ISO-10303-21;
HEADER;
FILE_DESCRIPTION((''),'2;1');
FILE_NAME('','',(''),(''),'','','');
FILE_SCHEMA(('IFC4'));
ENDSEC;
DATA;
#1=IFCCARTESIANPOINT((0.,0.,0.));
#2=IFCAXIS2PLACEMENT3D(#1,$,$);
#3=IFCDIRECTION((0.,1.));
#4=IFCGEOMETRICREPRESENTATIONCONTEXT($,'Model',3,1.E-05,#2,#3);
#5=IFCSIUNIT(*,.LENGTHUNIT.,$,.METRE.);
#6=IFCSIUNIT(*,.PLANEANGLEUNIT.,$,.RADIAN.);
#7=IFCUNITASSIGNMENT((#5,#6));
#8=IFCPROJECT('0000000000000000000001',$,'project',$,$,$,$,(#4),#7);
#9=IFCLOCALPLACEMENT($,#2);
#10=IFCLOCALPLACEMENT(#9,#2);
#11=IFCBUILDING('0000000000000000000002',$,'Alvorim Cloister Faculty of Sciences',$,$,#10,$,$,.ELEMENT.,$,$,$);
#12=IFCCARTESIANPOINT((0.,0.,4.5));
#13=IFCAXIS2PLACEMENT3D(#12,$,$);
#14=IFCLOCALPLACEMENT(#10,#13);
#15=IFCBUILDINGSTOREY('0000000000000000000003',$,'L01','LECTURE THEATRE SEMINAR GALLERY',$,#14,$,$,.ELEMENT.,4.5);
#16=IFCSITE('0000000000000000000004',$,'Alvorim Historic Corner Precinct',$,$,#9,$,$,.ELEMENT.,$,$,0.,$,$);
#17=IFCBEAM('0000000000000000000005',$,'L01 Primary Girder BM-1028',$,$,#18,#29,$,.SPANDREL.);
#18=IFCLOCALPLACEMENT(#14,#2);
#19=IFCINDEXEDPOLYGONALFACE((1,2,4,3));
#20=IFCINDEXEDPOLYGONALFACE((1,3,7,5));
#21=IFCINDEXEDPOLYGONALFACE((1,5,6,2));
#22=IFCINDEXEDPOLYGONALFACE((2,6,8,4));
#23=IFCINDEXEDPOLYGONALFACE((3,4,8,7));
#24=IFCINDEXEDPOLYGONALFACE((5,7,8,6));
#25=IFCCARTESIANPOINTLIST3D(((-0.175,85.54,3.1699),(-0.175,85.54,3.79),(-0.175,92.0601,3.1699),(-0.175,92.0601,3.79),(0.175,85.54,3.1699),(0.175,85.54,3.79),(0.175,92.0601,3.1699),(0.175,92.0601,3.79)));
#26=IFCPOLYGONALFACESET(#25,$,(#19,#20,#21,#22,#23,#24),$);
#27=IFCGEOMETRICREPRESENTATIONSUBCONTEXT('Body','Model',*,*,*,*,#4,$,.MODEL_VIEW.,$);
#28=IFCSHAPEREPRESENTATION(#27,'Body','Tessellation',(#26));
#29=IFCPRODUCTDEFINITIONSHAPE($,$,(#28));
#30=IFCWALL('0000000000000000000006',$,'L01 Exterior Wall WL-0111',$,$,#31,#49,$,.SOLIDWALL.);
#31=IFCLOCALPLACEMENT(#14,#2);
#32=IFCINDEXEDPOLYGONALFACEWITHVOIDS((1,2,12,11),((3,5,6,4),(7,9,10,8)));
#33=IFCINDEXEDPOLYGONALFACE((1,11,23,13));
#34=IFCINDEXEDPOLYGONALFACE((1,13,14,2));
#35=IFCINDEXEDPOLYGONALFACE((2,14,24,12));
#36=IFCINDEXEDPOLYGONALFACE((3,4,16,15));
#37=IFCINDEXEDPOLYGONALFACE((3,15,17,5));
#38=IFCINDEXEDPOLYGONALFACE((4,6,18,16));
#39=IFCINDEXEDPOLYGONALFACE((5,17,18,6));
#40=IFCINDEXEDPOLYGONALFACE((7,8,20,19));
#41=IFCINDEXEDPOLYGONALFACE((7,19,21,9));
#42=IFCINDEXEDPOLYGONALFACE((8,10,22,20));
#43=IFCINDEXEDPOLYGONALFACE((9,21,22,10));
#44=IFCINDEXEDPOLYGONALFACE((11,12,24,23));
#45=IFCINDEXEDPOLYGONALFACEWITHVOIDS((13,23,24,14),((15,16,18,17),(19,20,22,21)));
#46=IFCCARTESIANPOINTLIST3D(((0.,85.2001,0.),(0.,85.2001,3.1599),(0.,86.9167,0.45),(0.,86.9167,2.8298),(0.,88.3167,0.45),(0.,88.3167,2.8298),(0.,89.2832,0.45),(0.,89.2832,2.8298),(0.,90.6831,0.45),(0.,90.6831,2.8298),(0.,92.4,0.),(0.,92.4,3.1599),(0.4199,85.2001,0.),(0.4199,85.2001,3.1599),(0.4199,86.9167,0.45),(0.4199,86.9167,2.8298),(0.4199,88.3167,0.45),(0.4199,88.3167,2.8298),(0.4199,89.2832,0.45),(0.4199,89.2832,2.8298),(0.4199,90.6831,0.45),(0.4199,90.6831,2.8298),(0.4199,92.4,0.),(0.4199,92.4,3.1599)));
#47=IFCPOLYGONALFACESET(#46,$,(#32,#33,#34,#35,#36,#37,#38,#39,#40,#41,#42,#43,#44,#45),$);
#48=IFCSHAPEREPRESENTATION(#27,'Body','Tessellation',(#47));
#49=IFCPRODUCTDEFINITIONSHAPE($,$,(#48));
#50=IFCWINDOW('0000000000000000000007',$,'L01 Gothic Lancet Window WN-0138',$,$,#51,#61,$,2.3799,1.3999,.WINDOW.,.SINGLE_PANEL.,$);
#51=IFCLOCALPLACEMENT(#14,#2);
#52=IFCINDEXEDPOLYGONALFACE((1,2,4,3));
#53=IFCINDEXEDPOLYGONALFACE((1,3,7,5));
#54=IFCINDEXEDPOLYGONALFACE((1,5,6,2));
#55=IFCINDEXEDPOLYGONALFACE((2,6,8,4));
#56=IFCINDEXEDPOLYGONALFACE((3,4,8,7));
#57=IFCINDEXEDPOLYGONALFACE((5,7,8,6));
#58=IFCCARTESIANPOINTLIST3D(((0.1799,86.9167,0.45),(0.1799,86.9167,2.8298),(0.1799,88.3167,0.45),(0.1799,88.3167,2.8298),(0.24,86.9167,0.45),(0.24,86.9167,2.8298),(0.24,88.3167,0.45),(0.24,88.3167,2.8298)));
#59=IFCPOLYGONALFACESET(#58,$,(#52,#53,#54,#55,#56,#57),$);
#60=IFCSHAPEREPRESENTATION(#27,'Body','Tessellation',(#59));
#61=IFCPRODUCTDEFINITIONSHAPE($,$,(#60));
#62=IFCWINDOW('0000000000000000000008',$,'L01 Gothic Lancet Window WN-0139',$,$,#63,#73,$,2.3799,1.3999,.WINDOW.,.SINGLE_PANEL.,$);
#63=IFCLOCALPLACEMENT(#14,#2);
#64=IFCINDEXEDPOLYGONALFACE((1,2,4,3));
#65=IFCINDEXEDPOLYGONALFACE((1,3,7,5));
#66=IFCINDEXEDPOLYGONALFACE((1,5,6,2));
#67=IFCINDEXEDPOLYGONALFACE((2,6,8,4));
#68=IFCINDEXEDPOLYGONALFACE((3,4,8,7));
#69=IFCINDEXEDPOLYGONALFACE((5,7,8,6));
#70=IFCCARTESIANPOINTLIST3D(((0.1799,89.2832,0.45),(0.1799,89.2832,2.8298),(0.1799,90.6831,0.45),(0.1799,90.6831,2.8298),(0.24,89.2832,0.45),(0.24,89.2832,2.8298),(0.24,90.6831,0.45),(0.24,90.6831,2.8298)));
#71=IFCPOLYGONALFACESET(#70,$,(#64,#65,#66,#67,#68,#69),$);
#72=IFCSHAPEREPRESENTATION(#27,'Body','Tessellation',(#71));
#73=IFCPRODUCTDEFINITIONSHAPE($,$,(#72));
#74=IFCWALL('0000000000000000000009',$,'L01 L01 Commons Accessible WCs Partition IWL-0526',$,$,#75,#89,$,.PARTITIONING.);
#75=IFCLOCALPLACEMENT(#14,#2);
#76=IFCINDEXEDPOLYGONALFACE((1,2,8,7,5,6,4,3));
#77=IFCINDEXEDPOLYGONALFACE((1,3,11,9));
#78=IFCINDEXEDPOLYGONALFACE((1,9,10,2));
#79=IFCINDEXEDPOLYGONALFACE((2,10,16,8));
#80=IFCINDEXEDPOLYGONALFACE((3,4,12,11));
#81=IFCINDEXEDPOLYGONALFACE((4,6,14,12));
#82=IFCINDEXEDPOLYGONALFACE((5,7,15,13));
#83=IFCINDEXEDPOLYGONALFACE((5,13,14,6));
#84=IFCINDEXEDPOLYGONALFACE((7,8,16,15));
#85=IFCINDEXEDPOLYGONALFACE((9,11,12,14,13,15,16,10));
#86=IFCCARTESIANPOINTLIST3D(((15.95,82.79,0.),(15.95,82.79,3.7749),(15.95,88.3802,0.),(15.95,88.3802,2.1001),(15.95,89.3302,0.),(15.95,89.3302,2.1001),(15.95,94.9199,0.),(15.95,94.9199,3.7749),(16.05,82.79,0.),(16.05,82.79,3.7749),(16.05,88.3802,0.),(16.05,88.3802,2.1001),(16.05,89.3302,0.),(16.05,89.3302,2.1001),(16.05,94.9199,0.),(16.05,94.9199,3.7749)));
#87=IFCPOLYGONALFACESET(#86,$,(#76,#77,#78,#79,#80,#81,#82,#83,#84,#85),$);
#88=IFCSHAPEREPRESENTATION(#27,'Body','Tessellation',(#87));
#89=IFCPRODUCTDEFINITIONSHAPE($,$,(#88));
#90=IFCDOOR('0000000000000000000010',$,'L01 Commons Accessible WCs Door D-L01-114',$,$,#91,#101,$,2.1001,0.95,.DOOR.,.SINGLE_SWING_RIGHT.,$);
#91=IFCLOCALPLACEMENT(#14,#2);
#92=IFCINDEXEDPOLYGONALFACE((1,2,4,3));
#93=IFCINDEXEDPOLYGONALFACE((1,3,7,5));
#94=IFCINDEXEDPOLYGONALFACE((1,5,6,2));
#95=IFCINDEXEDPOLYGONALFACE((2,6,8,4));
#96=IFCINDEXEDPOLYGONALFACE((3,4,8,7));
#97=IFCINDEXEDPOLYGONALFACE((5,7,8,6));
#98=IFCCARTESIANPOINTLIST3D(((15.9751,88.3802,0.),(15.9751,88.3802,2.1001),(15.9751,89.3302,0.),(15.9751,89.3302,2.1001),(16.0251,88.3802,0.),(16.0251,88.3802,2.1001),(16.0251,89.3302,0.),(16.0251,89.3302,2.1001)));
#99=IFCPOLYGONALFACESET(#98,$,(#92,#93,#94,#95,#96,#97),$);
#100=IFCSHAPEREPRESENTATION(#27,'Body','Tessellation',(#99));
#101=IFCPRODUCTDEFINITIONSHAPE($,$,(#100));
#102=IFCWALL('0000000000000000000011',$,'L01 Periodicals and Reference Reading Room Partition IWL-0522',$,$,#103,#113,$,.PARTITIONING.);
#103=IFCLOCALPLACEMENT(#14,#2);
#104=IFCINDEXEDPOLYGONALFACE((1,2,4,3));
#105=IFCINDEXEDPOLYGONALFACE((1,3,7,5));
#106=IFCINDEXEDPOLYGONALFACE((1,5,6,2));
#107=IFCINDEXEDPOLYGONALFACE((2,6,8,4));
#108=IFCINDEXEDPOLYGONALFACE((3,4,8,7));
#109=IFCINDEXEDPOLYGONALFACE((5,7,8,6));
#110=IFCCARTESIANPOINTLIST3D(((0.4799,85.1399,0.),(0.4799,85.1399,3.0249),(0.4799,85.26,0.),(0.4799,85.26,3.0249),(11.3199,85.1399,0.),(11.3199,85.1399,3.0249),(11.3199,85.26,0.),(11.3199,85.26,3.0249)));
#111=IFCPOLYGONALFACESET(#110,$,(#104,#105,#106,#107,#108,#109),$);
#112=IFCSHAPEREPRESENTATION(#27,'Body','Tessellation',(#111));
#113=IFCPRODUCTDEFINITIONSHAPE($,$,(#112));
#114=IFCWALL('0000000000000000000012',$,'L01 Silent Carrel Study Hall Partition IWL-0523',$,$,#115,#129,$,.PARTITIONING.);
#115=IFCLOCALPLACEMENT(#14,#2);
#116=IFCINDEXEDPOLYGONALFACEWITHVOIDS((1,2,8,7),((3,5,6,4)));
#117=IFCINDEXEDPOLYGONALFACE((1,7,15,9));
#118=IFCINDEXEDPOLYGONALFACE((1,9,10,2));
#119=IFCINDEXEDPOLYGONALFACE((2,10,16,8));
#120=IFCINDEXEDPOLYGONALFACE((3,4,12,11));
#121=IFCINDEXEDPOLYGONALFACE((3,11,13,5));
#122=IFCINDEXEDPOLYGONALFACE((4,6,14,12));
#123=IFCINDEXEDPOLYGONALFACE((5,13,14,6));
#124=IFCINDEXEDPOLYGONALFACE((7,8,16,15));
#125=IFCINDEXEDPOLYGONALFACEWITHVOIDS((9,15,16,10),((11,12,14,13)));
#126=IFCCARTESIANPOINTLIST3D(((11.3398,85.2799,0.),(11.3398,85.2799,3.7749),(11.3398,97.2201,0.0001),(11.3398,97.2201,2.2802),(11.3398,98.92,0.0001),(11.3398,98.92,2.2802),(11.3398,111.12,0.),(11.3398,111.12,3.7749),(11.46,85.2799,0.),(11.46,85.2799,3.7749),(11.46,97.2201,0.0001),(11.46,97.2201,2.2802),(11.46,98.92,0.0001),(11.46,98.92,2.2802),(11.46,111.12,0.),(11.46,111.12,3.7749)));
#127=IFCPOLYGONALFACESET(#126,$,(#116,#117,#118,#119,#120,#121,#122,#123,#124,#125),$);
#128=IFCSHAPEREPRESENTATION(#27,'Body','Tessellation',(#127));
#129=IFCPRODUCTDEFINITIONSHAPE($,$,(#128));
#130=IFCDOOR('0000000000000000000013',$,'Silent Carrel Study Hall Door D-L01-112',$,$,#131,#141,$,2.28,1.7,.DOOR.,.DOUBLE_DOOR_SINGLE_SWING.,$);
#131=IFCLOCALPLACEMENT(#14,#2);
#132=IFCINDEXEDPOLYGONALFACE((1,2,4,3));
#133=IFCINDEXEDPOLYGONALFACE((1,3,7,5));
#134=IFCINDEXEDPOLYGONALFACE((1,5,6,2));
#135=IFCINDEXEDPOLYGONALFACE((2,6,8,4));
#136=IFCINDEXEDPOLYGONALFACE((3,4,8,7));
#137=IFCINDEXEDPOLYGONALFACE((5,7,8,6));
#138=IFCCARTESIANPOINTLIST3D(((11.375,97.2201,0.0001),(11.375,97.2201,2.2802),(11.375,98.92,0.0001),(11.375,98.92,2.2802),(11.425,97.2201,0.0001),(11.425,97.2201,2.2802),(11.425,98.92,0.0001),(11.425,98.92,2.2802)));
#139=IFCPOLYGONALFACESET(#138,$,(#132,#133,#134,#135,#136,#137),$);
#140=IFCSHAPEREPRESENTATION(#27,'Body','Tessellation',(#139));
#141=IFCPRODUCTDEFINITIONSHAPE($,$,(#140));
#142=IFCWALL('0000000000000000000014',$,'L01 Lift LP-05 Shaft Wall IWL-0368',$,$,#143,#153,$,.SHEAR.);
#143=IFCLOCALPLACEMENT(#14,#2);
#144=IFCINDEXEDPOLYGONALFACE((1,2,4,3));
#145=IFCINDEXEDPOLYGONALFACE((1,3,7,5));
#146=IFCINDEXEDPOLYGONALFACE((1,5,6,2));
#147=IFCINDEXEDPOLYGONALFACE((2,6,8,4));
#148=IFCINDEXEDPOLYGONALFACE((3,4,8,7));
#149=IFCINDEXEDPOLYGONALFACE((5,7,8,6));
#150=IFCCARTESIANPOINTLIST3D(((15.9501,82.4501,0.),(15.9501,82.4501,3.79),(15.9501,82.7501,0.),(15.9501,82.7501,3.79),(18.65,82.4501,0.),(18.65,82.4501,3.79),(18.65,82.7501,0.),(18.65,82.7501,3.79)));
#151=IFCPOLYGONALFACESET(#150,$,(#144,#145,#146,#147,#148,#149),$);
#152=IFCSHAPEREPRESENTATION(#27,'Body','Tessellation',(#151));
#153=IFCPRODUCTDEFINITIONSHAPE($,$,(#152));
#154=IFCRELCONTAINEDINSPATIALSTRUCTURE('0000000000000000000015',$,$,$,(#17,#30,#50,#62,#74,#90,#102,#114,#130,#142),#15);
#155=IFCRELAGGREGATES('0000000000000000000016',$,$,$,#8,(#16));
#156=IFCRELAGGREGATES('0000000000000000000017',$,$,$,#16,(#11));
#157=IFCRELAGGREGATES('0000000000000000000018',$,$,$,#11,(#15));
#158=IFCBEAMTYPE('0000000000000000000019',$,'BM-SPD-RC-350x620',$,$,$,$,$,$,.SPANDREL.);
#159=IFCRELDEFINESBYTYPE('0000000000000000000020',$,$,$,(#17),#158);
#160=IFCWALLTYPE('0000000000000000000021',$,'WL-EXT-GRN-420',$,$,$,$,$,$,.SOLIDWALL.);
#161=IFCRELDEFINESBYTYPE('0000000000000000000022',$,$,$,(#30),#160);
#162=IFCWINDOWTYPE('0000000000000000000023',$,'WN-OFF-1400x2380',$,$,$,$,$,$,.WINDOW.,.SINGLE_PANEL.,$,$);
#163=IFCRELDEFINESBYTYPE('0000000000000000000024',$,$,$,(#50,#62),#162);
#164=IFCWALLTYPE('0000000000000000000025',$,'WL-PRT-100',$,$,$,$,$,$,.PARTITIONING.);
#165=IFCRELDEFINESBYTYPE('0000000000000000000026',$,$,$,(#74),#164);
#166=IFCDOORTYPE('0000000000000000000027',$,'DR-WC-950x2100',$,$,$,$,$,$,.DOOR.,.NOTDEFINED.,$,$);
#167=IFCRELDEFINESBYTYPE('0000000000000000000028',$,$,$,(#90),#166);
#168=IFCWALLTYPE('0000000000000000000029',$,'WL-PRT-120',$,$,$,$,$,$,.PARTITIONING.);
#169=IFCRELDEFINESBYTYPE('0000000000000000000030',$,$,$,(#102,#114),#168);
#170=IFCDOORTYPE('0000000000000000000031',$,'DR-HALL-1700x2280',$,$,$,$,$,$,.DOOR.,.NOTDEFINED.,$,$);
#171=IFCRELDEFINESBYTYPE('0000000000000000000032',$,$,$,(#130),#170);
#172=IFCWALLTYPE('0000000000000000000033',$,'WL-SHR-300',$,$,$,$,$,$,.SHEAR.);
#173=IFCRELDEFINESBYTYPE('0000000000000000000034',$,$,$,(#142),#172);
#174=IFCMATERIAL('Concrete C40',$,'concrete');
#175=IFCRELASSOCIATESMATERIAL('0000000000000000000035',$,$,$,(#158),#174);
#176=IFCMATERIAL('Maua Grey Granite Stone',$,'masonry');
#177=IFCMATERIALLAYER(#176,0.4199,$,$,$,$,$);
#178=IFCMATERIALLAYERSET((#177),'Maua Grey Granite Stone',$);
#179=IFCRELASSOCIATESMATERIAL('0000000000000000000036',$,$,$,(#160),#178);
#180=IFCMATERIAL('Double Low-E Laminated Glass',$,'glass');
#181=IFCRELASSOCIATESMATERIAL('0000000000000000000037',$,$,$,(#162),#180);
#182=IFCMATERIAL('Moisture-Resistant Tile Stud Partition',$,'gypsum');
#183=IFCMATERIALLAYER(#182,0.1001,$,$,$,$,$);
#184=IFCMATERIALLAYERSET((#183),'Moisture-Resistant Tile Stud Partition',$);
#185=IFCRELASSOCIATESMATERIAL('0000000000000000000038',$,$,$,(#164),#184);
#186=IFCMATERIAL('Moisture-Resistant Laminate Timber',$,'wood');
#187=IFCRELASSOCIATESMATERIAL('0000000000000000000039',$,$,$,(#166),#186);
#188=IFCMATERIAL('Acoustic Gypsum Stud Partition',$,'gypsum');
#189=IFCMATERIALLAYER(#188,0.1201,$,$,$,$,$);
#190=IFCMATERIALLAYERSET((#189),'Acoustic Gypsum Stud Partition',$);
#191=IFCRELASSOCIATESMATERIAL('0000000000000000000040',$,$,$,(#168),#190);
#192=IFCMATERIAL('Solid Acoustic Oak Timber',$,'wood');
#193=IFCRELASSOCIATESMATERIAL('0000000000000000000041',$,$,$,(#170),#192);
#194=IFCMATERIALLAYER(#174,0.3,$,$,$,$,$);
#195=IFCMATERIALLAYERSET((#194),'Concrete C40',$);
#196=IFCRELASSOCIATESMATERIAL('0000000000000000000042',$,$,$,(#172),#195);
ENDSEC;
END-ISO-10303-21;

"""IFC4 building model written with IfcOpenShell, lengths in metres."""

from ifc_helpers import new_model, si_unit, direction, frame, frame_2d, origin, origin_2d, place, context, subcontext, project, spatial, rectangle, extrude, material, layer, layer_set, material_profile, profile_set, type_object, element, fill, save


model = new_model("IFC4")

# Units and contexts
model_context = context("Model", 3, precision=1e-05, world=origin(), true_north=direction((0.0, 1.0)))
body_context = subcontext(model_context, "Body", "Model", "MODEL_VIEW")
ifc_project = project(units=[si_unit("LENGTHUNIT", "METRE"), si_unit("PLANEANGLEUNIT", "RADIAN")], contexts=[model_context])

# Site, building, storey
site_placement = place(None, origin())
site = spatial("IfcSite", under=ifc_project, at=site_placement, Name="Alvorim Historic Corner Precinct", CompositionType="ELEMENT", RefElevation=0.0)
building_placement = place(site_placement, origin())
building = spatial("IfcBuilding", under=site, at=building_placement, Name="Alvorim Cloister Faculty of Sciences", CompositionType="ELEMENT")
storey_placement = place(building_placement, frame((0.0, 0.0, 4.5)))
storey = spatial("IfcBuildingStorey", under=building, at=storey_placement, Name="L01", Description="LECTURE THEATRE SEMINAR GALLERY", CompositionType="ELEMENT", Elevation=4.5)

# Shared definitions
ifc_material_1 = material(Name="Concrete C40", Category="concrete")

# Beam
ifc_material_profile_1 = material_profile(ifc_material_1, rectangle(XDim=0.3501, YDim=0.6201, at=origin_2d()), Name="RC40-SPD-350x620")
ifc_profile_set_1 = profile_set([ifc_material_profile_1], Name="Concrete C40")
beam_type_1 = type_object("IfcBeamType", Name="BM-SPD-RC-350x620", PredefinedType="SPANDREL", material=ifc_profile_set_1)
for number, where, z_axis, x_axis, name in (
    (1, (0.0, 85.54, 3.48), (0.0, 1.0, 0.0), (-1.0, 0.0, 0.0), "L01 Primary Girder BM-1028"),
):
    element("IfcBeam", number, at=place(storey_placement, frame(where, z_axis=z_axis, x_axis=x_axis)), inside=storey, type_object=beam_type_1, Name=name, PredefinedType="SPANDREL", context=body_context, shape_type="SweptSolid", body=[
        extrude(rectangle(XDim=0.3501, YDim=0.6201, at=origin_2d()), origin(), (0.0, 0.0, 1.0), 6.52),
    ])

# Wall, openings, windows
ifc_material_2 = material(Name="Maua Grey Granite Stone", Category="masonry")
ifc_layer_1 = layer(ifc_material_2, 0.4199)
ifc_layer_set_1 = layer_set([ifc_layer_1], Name="Maua Grey Granite Stone")
wall_type_1 = type_object("IfcWallType", Name="WL-EXT-GRN-420", PredefinedType="SOLIDWALL", material=ifc_layer_set_1)
wall_1_placement = place(storey_placement, frame((0.21, 85.2, 0.0), z_axis=(0.0, 0.0, 1.0), x_axis=(0.0, 1.0, 0.0)))
wall_1 = element("IfcWall", 2, at=wall_1_placement, inside=storey, type_object=wall_type_1, Name="L01 Exterior Wall WL-0111", PredefinedType="SOLIDWALL", context=body_context, shape_type="SweptSolid", body=[
    extrude(rectangle(XDim=7.2, YDim=0.4199, at=frame_2d((3.6001, 0.0))), origin(), (0.0, 0.0, 1.0), 3.1599),
])
opening_1_placement = place(wall_1_placement, frame((1.7168, 0.0, 0.45)))
opening_1 = element("IfcOpeningElement", 3, at=opening_1_placement, cuts=wall_1, PredefinedType="OPENING", context=body_context, shape_type="SweptSolid", body=[
    extrude(rectangle(XDim=1.3999, YDim=2.3799, at=frame_2d((0.7, 1.1899))), frame((0.0, 0.2219, 0.0), z_axis=(0.0, -1.0, 0.0), x_axis=(1.0, 0.0, 0.0)), (0.0, 0.0, 1.0), 0.4438),
])
opening_2_placement = place(wall_1_placement, frame((4.0833, 0.0, 0.45)))
opening_2 = element("IfcOpeningElement", 4, at=opening_2_placement, cuts=wall_1, PredefinedType="OPENING", context=body_context, shape_type="SweptSolid", body=[
    extrude(rectangle(XDim=1.3999, YDim=2.3799, at=frame_2d((0.7, 1.1899))), frame((0.0, 0.2219, 0.0), z_axis=(0.0, -1.0, 0.0), x_axis=(1.0, 0.0, 0.0)), (0.0, 0.0, 1.0), 0.4438),
])
ifc_material_3 = material(Name="Double Low-E Laminated Glass", Category="glass")
window_type = type_object("IfcWindowType", Name="WN-OFF-1400x2380", PartitioningType="SINGLE_PANEL", PredefinedType="WINDOW", material=ifc_material_3)
window_1_placement = place(opening_1_placement, origin())
window_1 = element("IfcWindow", 5, at=window_1_placement, inside=storey, type_object=window_type, Name="L01 Gothic Lancet Window WN-0138", OverallHeight=2.3799, OverallWidth=1.3999, PartitioningType="SINGLE_PANEL", PredefinedType="WINDOW", context=body_context, shape_type="SweptSolid", body=[
    extrude(rectangle(XDim=1.3999, YDim=2.3799, at=frame_2d((0.7, 1.1899))), frame((0.0, 0.03, 0.0), z_axis=(0.0, -1.0, 0.0), x_axis=(1.0, 0.0, 0.0)), (0.0, 0.0, 1.0), 0.0601),
])
fill(opening_1, window_1)
window_2_placement = place(opening_2_placement, origin())
window_2 = element("IfcWindow", 6, at=window_2_placement, inside=storey, type_object=window_type, Name="L01 Gothic Lancet Window WN-0139", OverallHeight=2.3799, OverallWidth=1.3999, PartitioningType="SINGLE_PANEL", PredefinedType="WINDOW", context=body_context, shape_type="SweptSolid", body=[
    extrude(rectangle(XDim=1.3999, YDim=2.3799, at=frame_2d((0.7, 1.1899))), frame((0.0, 0.03, 0.0), z_axis=(0.0, -1.0, 0.0), x_axis=(1.0, 0.0, 0.0)), (0.0, 0.0, 1.0), 0.0601),
])
fill(opening_2, window_2)

# Wall, opening, door
ifc_material_4 = material(Name="Moisture-Resistant Tile Stud Partition", Category="gypsum")
ifc_layer_2 = layer(ifc_material_4, 0.1001)
ifc_layer_set_2 = layer_set([ifc_layer_2], Name="Moisture-Resistant Tile Stud Partition")
wall_type_2 = type_object("IfcWallType", Name="WL-PRT-100", PredefinedType="PARTITIONING", material=ifc_layer_set_2)
wall_2_placement = place(storey_placement, frame((16.0, 82.79, 0.0), z_axis=(0.0, 0.0, 1.0), x_axis=(0.0, 1.0, 0.0)))
wall_2 = element("IfcWall", 7, at=wall_2_placement, inside=storey, type_object=wall_type_2, Name="L01 L01 Commons Accessible WCs Partition IWL-0526", PredefinedType="PARTITIONING", context=body_context, shape_type="SweptSolid", body=[
    extrude(rectangle(XDim=12.1299, YDim=0.1001, at=frame_2d((6.0649, 0.0))), origin(), (0.0, 0.0, 1.0), 3.7749),
])
opening_3_placement = place(wall_2_placement, frame((5.5901, 0.0, 0.0)))
opening_3 = element("IfcOpeningElement", 8, at=opening_3_placement, cuts=wall_2, PredefinedType="OPENING", context=body_context, shape_type="SweptSolid", body=[
    extrude(rectangle(XDim=0.95, YDim=2.1001, at=frame_2d((0.4751, 1.05))), frame((0.0, 0.062, 0.0), z_axis=(0.0, -1.0, 0.0), x_axis=(1.0, 0.0, 0.0)), (0.0, 0.0, 1.0), 0.124),
])
ifc_material_5 = material(Name="Moisture-Resistant Laminate Timber", Category="wood")
door_type_1 = type_object("IfcDoorType", Name="DR-WC-950x2100", OperationType="NOTDEFINED", PredefinedType="DOOR", material=ifc_material_5)
door_1_placement = place(opening_3_placement, origin())
door_1 = element("IfcDoor", 9, at=door_1_placement, inside=storey, type_object=door_type_1, Name="L01 Commons Accessible WCs Door D-L01-114", OperationType="SINGLE_SWING_RIGHT", OverallHeight=2.1001, OverallWidth=0.95, PredefinedType="DOOR", context=body_context, shape_type="SweptSolid", body=[
    extrude(rectangle(XDim=0.95, YDim=2.1001, at=frame_2d((0.4751, 1.05))), frame((0.0, 0.0249, 0.0), z_axis=(0.0, -1.0, 0.0), x_axis=(1.0, 0.0, 0.0)), (0.0, 0.0, 1.0), 0.05),
])
fill(opening_3, door_1)

# Wall
ifc_material_6 = material(Name="Acoustic Gypsum Stud Partition", Category="gypsum")
ifc_layer_3 = layer(ifc_material_6, 0.1201)
ifc_layer_set_3 = layer_set([ifc_layer_3], Name="Acoustic Gypsum Stud Partition")
wall_type_3 = type_object("IfcWallType", Name="WL-PRT-120", PredefinedType="PARTITIONING", material=ifc_layer_set_3)
wall_3_placement = place(storey_placement, frame((0.48, 85.2, 0.0), z_axis=(0.0, 0.0, 1.0), x_axis=(1.0, 0.0, 0.0)))
element("IfcWall", 10, at=wall_3_placement, inside=storey, type_object=wall_type_3, Name="L01 Periodicals and Reference Reading Room Partition IWL-0522", PredefinedType="PARTITIONING", context=body_context, shape_type="SweptSolid", body=[
    extrude(rectangle(XDim=10.8401, YDim=0.1201, at=frame_2d((5.4199, 0.0))), origin(), (0.0, 0.0, 1.0), 3.0249),
])

# Wall, opening, door
wall_4_placement = place(storey_placement, frame((11.3999, 85.28, 0.0), z_axis=(0.0, 0.0, 1.0), x_axis=(0.0, 1.0, 0.0)))
wall_4 = element("IfcWall", 11, at=wall_4_placement, inside=storey, type_object=wall_type_3, Name="L01 Silent Carrel Study Hall Partition IWL-0523", PredefinedType="PARTITIONING", context=body_context, shape_type="SweptSolid", body=[
    extrude(rectangle(XDim=25.8401, YDim=0.1201, at=frame_2d((12.9199, 0.0))), origin(), (0.0, 0.0, 1.0), 3.7749),
])
opening_4_placement = place(wall_4_placement, frame((11.9399, 0.0, 0.0)))
opening_4 = element("IfcOpeningElement", 12, at=opening_4_placement, cuts=wall_4, PredefinedType="OPENING", context=body_context, shape_type="SweptSolid", body=[
    extrude(rectangle(XDim=1.7, YDim=2.28, at=frame_2d((0.8501, 1.1401))), frame((0.0, 0.072, 0.0), z_axis=(0.0, -1.0, 0.0), x_axis=(1.0, 0.0, 0.0)), (0.0, 0.0, 1.0), 0.144),
])
ifc_material_7 = material(Name="Solid Acoustic Oak Timber", Category="wood")
door_type_2 = type_object("IfcDoorType", Name="DR-HALL-1700x2280", OperationType="NOTDEFINED", PredefinedType="DOOR", material=ifc_material_7)
door_2_placement = place(opening_4_placement, origin())
door_2 = element("IfcDoor", 13, at=door_2_placement, inside=storey, type_object=door_type_2, Name="Silent Carrel Study Hall Door D-L01-112", OperationType="DOUBLE_DOOR_SINGLE_SWING", OverallHeight=2.28, OverallWidth=1.7, PredefinedType="DOOR", context=body_context, shape_type="SweptSolid", body=[
    extrude(rectangle(XDim=1.7, YDim=2.28, at=frame_2d((0.8501, 1.1401))), frame((0.0, 0.0249, 0.0), z_axis=(0.0, -1.0, 0.0), x_axis=(1.0, 0.0, 0.0)), (0.0, 0.0, 1.0), 0.05),
])
fill(opening_4, door_2)

# Wall
ifc_layer_4 = layer(ifc_material_1, 0.3)
ifc_layer_set_4 = layer_set([ifc_layer_4], Name="Concrete C40")
wall_type_4 = type_object("IfcWallType", Name="WL-SHR-300", PredefinedType="SHEAR", material=ifc_layer_set_4)
wall_5_placement = place(storey_placement, frame((15.95, 82.6001, 0.0), z_axis=(0.0, 0.0, 1.0), x_axis=(1.0, 0.0, 0.0)))
element("IfcWall", 14, at=wall_5_placement, inside=storey, type_object=wall_type_4, Name="L01 Lift LP-05 Shaft Wall IWL-0368", PredefinedType="SHEAR", context=body_context, shape_type="SweptSolid", body=[
    extrude(rectangle(XDim=2.7, YDim=0.3, at=frame_2d((1.3501, 0.0))), origin(), (0.0, 0.0, 1.0), 3.79),
])

save(model, "model.ifc")
